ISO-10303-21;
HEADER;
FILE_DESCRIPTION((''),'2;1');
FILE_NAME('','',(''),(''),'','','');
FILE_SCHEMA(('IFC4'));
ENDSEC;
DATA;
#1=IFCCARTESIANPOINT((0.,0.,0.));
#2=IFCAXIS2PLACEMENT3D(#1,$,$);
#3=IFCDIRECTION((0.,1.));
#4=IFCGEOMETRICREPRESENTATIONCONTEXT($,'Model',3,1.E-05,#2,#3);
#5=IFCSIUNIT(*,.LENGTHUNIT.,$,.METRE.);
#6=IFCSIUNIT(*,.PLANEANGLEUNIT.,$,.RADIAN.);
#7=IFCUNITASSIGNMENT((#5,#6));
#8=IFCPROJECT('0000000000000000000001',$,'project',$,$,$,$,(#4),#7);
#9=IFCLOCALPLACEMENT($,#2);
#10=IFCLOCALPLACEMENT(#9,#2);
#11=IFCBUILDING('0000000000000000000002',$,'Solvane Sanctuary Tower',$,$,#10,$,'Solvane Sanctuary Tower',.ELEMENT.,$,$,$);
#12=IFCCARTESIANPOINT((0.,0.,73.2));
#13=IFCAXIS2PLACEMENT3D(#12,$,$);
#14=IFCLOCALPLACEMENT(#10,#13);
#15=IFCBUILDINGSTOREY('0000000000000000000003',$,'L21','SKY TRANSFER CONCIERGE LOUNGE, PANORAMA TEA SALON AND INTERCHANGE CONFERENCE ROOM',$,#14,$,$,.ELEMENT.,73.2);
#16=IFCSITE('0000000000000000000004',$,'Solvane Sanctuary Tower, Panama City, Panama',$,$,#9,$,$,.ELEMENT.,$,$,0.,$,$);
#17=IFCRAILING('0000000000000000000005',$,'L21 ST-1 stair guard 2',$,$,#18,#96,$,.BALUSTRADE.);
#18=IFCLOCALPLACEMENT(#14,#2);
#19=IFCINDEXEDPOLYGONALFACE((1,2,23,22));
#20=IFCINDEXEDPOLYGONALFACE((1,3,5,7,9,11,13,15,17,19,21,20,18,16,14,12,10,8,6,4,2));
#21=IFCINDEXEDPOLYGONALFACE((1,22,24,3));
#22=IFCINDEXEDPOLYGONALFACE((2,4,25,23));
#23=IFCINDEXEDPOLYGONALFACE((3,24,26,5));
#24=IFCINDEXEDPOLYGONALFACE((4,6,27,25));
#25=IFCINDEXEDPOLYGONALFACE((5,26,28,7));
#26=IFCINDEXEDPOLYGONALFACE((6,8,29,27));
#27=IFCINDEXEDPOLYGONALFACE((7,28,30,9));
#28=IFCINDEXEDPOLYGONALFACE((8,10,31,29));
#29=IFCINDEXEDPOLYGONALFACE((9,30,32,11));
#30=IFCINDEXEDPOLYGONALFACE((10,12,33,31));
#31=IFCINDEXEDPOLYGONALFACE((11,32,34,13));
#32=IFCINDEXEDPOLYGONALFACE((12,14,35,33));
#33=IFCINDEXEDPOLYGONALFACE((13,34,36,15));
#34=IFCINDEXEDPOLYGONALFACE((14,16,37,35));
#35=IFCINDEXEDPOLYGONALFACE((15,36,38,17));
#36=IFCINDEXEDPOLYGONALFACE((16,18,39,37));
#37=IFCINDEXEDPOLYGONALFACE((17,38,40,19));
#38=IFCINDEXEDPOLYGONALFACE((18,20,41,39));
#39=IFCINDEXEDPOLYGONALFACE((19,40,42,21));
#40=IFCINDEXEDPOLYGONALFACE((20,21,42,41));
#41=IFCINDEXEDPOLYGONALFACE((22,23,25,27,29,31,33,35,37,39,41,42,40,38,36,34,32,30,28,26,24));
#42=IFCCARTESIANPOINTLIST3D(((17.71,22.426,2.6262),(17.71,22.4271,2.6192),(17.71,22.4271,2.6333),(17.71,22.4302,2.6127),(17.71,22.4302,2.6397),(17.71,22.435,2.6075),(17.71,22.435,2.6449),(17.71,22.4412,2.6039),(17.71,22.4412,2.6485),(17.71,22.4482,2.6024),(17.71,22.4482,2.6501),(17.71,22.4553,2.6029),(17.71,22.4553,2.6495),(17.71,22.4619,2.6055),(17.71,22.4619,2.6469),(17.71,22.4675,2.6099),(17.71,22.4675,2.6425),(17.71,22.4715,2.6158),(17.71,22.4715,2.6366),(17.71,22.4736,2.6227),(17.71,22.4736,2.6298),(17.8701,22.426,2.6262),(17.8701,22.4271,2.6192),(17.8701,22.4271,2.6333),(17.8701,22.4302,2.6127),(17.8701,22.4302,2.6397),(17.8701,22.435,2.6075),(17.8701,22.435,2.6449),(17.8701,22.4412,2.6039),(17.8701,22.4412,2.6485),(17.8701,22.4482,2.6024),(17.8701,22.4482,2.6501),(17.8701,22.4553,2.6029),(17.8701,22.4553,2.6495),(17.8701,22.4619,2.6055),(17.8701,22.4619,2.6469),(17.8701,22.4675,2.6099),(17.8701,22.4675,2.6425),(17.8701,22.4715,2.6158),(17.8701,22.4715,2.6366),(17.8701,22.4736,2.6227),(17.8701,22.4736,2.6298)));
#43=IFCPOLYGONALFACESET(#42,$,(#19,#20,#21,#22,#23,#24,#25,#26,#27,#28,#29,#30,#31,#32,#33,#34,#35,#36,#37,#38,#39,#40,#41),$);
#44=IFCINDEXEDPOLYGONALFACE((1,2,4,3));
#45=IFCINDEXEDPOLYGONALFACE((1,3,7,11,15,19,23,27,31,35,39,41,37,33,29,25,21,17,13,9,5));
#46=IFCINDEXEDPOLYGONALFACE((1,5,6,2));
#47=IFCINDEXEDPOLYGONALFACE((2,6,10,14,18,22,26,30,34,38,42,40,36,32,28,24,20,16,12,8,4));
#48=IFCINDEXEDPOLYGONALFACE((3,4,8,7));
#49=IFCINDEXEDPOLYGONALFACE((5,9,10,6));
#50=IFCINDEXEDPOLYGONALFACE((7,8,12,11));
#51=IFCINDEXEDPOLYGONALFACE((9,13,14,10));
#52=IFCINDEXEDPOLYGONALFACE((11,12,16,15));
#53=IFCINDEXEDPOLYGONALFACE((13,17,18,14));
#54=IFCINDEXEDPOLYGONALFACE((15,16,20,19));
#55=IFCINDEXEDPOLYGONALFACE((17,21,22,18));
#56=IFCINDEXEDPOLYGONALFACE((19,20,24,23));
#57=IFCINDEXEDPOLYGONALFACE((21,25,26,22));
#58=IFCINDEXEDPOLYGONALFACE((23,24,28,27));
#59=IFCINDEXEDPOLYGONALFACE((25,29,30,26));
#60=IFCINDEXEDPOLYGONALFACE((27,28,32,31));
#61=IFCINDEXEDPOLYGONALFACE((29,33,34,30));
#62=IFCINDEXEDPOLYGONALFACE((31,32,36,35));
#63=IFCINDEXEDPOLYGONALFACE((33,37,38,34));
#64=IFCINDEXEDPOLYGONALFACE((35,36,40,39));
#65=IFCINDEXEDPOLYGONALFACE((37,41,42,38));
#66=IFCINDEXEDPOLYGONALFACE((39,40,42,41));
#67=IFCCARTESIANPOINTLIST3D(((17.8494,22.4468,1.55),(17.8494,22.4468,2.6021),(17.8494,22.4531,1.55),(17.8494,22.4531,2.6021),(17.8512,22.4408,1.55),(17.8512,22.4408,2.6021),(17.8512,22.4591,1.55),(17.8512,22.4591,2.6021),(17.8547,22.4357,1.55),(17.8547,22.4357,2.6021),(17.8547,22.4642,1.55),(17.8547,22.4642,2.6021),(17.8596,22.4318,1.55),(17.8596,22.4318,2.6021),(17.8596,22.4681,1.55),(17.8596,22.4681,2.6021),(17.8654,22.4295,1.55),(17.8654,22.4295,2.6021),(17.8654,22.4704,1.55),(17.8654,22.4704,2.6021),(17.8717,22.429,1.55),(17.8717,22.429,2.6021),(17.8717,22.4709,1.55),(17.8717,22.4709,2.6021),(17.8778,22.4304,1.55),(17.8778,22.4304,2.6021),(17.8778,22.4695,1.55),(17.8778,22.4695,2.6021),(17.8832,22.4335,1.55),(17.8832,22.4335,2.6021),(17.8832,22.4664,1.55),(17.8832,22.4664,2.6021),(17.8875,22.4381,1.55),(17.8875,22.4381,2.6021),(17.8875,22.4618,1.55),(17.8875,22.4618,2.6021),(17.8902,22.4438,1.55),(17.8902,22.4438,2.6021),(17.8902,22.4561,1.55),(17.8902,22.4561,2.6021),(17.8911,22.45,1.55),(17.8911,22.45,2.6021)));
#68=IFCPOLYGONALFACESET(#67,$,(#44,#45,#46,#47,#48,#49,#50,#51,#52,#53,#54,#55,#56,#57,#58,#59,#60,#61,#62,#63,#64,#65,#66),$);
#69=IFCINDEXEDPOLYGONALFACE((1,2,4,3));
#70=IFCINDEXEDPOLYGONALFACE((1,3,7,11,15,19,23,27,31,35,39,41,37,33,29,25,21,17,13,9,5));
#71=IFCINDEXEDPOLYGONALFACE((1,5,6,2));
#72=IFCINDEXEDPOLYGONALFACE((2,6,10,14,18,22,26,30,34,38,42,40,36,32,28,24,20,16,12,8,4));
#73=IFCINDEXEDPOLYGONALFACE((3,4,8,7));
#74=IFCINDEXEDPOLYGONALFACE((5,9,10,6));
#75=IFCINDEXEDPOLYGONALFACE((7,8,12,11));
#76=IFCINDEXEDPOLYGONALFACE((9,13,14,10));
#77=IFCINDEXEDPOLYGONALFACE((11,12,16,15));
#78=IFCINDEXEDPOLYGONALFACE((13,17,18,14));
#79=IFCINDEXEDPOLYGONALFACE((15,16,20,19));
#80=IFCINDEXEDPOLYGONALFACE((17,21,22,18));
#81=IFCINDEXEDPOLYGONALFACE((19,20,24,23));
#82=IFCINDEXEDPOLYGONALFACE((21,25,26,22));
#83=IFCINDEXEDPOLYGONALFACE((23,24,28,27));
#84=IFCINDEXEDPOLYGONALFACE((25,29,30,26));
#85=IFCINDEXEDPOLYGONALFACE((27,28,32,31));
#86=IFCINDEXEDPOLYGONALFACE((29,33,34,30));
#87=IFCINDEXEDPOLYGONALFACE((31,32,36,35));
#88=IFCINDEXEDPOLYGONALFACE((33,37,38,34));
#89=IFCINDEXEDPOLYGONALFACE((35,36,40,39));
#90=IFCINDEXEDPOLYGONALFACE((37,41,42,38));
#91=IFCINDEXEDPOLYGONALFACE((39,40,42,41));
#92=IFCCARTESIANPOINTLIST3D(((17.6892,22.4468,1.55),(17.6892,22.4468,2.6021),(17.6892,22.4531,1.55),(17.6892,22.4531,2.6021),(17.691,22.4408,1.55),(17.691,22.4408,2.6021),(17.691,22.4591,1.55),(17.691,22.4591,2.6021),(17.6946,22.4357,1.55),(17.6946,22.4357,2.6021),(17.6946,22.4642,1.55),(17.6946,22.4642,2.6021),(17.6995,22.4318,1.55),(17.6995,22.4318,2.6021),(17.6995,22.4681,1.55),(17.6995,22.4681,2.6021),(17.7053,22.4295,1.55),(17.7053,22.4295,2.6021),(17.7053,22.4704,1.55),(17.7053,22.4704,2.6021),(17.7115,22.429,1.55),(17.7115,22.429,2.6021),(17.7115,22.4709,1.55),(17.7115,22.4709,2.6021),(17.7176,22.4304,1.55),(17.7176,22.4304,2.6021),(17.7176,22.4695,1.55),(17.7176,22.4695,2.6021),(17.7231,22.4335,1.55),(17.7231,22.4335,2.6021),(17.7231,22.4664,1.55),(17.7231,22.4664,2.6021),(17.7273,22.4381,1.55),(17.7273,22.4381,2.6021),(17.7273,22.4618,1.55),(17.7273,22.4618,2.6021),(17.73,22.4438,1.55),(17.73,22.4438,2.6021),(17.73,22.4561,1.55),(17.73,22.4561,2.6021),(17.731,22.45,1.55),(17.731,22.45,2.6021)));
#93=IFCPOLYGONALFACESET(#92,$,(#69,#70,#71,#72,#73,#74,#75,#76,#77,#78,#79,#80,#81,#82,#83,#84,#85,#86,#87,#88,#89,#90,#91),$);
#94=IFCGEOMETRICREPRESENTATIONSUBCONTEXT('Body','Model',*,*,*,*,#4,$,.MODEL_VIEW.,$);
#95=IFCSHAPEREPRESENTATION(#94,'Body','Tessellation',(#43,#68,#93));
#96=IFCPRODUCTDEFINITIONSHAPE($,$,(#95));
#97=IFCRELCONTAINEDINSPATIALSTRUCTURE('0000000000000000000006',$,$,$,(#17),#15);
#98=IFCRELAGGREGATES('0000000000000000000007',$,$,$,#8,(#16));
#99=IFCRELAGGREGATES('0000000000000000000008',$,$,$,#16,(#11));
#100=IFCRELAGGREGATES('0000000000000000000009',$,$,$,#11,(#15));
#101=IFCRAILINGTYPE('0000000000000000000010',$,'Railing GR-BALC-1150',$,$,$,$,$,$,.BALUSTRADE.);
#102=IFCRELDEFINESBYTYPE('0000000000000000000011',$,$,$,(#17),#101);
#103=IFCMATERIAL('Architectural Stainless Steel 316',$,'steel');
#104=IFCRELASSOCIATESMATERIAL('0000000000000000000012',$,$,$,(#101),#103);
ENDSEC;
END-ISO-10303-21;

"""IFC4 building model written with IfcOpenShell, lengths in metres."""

from ifc_helpers import new_model, si_unit, direction, frame, origin, origin_2d, place, context, subcontext, project, spatial, circle, extrude, material, type_object, element, save


model = new_model("IFC4")

# Units and contexts
model_context = context("Model", 3, precision=1e-05, world=origin(), true_north=direction((0.0, 1.0)))
body_context = subcontext(model_context, "Body", "Model", "MODEL_VIEW")
ifc_project = project(units=[si_unit("LENGTHUNIT", "METRE"), si_unit("PLANEANGLEUNIT", "RADIAN")], contexts=[model_context])

# Site, building, storey
site_placement = place(None, origin())
site = spatial("IfcSite", under=ifc_project, at=site_placement, Name="Solvane Sanctuary Tower, Panama City, Panama", CompositionType="ELEMENT", RefElevation=0.0)
building_placement = place(site_placement, origin())
building = spatial("IfcBuilding", under=site, at=building_placement, Name="Solvane Sanctuary Tower", LongName="Solvane Sanctuary Tower", CompositionType="ELEMENT")
storey_placement = place(building_placement, frame((0.0, 0.0, 73.2)))
storey = spatial("IfcBuildingStorey", under=building, at=storey_placement, Name="L21", Description="SKY TRANSFER CONCIERGE LOUNGE, PANORAMA TEA SALON AND INTERCHANGE CONFERENCE ROOM", CompositionType="ELEMENT", Elevation=73.2)

# Shared definitions
ifc_material_1 = material(Name="Architectural Stainless Steel 316", Category="steel")

# Railing
railing_type_1 = type_object("IfcRailingType", Name="Railing GR-BALC-1150", PredefinedType="BALUSTRADE", material=ifc_material_1)
railing_1_placement = place(storey_placement, frame((17.8701, 22.45, 1.55)))
element("IfcRailing", 1, at=railing_1_placement, inside=storey, type_object=railing_type_1, Name="L21 ST-1 stair guard 2", PredefinedType="BALUSTRADE", context=body_context, shape_type="SweptSolid", body=[
    extrude(circle(Radius=0.0239, at=origin_2d()), frame((0.0, 0.0, 1.0762), z_axis=(-1.0, 0.0, 0.0), x_axis=(0.0, -1.0, 0.0)), (0.0, 0.0, 1.0), 0.1602),
    extrude(circle(Radius=0.021, at=origin_2d()), origin(), (0.0, 0.0, 1.0), 1.052),
    extrude(circle(Radius=0.021, at=origin_2d()), frame((-0.1602, 0.0, 0.0)), (0.0, 0.0, 1.0), 1.052),
])

save(model, "model.ifc")
